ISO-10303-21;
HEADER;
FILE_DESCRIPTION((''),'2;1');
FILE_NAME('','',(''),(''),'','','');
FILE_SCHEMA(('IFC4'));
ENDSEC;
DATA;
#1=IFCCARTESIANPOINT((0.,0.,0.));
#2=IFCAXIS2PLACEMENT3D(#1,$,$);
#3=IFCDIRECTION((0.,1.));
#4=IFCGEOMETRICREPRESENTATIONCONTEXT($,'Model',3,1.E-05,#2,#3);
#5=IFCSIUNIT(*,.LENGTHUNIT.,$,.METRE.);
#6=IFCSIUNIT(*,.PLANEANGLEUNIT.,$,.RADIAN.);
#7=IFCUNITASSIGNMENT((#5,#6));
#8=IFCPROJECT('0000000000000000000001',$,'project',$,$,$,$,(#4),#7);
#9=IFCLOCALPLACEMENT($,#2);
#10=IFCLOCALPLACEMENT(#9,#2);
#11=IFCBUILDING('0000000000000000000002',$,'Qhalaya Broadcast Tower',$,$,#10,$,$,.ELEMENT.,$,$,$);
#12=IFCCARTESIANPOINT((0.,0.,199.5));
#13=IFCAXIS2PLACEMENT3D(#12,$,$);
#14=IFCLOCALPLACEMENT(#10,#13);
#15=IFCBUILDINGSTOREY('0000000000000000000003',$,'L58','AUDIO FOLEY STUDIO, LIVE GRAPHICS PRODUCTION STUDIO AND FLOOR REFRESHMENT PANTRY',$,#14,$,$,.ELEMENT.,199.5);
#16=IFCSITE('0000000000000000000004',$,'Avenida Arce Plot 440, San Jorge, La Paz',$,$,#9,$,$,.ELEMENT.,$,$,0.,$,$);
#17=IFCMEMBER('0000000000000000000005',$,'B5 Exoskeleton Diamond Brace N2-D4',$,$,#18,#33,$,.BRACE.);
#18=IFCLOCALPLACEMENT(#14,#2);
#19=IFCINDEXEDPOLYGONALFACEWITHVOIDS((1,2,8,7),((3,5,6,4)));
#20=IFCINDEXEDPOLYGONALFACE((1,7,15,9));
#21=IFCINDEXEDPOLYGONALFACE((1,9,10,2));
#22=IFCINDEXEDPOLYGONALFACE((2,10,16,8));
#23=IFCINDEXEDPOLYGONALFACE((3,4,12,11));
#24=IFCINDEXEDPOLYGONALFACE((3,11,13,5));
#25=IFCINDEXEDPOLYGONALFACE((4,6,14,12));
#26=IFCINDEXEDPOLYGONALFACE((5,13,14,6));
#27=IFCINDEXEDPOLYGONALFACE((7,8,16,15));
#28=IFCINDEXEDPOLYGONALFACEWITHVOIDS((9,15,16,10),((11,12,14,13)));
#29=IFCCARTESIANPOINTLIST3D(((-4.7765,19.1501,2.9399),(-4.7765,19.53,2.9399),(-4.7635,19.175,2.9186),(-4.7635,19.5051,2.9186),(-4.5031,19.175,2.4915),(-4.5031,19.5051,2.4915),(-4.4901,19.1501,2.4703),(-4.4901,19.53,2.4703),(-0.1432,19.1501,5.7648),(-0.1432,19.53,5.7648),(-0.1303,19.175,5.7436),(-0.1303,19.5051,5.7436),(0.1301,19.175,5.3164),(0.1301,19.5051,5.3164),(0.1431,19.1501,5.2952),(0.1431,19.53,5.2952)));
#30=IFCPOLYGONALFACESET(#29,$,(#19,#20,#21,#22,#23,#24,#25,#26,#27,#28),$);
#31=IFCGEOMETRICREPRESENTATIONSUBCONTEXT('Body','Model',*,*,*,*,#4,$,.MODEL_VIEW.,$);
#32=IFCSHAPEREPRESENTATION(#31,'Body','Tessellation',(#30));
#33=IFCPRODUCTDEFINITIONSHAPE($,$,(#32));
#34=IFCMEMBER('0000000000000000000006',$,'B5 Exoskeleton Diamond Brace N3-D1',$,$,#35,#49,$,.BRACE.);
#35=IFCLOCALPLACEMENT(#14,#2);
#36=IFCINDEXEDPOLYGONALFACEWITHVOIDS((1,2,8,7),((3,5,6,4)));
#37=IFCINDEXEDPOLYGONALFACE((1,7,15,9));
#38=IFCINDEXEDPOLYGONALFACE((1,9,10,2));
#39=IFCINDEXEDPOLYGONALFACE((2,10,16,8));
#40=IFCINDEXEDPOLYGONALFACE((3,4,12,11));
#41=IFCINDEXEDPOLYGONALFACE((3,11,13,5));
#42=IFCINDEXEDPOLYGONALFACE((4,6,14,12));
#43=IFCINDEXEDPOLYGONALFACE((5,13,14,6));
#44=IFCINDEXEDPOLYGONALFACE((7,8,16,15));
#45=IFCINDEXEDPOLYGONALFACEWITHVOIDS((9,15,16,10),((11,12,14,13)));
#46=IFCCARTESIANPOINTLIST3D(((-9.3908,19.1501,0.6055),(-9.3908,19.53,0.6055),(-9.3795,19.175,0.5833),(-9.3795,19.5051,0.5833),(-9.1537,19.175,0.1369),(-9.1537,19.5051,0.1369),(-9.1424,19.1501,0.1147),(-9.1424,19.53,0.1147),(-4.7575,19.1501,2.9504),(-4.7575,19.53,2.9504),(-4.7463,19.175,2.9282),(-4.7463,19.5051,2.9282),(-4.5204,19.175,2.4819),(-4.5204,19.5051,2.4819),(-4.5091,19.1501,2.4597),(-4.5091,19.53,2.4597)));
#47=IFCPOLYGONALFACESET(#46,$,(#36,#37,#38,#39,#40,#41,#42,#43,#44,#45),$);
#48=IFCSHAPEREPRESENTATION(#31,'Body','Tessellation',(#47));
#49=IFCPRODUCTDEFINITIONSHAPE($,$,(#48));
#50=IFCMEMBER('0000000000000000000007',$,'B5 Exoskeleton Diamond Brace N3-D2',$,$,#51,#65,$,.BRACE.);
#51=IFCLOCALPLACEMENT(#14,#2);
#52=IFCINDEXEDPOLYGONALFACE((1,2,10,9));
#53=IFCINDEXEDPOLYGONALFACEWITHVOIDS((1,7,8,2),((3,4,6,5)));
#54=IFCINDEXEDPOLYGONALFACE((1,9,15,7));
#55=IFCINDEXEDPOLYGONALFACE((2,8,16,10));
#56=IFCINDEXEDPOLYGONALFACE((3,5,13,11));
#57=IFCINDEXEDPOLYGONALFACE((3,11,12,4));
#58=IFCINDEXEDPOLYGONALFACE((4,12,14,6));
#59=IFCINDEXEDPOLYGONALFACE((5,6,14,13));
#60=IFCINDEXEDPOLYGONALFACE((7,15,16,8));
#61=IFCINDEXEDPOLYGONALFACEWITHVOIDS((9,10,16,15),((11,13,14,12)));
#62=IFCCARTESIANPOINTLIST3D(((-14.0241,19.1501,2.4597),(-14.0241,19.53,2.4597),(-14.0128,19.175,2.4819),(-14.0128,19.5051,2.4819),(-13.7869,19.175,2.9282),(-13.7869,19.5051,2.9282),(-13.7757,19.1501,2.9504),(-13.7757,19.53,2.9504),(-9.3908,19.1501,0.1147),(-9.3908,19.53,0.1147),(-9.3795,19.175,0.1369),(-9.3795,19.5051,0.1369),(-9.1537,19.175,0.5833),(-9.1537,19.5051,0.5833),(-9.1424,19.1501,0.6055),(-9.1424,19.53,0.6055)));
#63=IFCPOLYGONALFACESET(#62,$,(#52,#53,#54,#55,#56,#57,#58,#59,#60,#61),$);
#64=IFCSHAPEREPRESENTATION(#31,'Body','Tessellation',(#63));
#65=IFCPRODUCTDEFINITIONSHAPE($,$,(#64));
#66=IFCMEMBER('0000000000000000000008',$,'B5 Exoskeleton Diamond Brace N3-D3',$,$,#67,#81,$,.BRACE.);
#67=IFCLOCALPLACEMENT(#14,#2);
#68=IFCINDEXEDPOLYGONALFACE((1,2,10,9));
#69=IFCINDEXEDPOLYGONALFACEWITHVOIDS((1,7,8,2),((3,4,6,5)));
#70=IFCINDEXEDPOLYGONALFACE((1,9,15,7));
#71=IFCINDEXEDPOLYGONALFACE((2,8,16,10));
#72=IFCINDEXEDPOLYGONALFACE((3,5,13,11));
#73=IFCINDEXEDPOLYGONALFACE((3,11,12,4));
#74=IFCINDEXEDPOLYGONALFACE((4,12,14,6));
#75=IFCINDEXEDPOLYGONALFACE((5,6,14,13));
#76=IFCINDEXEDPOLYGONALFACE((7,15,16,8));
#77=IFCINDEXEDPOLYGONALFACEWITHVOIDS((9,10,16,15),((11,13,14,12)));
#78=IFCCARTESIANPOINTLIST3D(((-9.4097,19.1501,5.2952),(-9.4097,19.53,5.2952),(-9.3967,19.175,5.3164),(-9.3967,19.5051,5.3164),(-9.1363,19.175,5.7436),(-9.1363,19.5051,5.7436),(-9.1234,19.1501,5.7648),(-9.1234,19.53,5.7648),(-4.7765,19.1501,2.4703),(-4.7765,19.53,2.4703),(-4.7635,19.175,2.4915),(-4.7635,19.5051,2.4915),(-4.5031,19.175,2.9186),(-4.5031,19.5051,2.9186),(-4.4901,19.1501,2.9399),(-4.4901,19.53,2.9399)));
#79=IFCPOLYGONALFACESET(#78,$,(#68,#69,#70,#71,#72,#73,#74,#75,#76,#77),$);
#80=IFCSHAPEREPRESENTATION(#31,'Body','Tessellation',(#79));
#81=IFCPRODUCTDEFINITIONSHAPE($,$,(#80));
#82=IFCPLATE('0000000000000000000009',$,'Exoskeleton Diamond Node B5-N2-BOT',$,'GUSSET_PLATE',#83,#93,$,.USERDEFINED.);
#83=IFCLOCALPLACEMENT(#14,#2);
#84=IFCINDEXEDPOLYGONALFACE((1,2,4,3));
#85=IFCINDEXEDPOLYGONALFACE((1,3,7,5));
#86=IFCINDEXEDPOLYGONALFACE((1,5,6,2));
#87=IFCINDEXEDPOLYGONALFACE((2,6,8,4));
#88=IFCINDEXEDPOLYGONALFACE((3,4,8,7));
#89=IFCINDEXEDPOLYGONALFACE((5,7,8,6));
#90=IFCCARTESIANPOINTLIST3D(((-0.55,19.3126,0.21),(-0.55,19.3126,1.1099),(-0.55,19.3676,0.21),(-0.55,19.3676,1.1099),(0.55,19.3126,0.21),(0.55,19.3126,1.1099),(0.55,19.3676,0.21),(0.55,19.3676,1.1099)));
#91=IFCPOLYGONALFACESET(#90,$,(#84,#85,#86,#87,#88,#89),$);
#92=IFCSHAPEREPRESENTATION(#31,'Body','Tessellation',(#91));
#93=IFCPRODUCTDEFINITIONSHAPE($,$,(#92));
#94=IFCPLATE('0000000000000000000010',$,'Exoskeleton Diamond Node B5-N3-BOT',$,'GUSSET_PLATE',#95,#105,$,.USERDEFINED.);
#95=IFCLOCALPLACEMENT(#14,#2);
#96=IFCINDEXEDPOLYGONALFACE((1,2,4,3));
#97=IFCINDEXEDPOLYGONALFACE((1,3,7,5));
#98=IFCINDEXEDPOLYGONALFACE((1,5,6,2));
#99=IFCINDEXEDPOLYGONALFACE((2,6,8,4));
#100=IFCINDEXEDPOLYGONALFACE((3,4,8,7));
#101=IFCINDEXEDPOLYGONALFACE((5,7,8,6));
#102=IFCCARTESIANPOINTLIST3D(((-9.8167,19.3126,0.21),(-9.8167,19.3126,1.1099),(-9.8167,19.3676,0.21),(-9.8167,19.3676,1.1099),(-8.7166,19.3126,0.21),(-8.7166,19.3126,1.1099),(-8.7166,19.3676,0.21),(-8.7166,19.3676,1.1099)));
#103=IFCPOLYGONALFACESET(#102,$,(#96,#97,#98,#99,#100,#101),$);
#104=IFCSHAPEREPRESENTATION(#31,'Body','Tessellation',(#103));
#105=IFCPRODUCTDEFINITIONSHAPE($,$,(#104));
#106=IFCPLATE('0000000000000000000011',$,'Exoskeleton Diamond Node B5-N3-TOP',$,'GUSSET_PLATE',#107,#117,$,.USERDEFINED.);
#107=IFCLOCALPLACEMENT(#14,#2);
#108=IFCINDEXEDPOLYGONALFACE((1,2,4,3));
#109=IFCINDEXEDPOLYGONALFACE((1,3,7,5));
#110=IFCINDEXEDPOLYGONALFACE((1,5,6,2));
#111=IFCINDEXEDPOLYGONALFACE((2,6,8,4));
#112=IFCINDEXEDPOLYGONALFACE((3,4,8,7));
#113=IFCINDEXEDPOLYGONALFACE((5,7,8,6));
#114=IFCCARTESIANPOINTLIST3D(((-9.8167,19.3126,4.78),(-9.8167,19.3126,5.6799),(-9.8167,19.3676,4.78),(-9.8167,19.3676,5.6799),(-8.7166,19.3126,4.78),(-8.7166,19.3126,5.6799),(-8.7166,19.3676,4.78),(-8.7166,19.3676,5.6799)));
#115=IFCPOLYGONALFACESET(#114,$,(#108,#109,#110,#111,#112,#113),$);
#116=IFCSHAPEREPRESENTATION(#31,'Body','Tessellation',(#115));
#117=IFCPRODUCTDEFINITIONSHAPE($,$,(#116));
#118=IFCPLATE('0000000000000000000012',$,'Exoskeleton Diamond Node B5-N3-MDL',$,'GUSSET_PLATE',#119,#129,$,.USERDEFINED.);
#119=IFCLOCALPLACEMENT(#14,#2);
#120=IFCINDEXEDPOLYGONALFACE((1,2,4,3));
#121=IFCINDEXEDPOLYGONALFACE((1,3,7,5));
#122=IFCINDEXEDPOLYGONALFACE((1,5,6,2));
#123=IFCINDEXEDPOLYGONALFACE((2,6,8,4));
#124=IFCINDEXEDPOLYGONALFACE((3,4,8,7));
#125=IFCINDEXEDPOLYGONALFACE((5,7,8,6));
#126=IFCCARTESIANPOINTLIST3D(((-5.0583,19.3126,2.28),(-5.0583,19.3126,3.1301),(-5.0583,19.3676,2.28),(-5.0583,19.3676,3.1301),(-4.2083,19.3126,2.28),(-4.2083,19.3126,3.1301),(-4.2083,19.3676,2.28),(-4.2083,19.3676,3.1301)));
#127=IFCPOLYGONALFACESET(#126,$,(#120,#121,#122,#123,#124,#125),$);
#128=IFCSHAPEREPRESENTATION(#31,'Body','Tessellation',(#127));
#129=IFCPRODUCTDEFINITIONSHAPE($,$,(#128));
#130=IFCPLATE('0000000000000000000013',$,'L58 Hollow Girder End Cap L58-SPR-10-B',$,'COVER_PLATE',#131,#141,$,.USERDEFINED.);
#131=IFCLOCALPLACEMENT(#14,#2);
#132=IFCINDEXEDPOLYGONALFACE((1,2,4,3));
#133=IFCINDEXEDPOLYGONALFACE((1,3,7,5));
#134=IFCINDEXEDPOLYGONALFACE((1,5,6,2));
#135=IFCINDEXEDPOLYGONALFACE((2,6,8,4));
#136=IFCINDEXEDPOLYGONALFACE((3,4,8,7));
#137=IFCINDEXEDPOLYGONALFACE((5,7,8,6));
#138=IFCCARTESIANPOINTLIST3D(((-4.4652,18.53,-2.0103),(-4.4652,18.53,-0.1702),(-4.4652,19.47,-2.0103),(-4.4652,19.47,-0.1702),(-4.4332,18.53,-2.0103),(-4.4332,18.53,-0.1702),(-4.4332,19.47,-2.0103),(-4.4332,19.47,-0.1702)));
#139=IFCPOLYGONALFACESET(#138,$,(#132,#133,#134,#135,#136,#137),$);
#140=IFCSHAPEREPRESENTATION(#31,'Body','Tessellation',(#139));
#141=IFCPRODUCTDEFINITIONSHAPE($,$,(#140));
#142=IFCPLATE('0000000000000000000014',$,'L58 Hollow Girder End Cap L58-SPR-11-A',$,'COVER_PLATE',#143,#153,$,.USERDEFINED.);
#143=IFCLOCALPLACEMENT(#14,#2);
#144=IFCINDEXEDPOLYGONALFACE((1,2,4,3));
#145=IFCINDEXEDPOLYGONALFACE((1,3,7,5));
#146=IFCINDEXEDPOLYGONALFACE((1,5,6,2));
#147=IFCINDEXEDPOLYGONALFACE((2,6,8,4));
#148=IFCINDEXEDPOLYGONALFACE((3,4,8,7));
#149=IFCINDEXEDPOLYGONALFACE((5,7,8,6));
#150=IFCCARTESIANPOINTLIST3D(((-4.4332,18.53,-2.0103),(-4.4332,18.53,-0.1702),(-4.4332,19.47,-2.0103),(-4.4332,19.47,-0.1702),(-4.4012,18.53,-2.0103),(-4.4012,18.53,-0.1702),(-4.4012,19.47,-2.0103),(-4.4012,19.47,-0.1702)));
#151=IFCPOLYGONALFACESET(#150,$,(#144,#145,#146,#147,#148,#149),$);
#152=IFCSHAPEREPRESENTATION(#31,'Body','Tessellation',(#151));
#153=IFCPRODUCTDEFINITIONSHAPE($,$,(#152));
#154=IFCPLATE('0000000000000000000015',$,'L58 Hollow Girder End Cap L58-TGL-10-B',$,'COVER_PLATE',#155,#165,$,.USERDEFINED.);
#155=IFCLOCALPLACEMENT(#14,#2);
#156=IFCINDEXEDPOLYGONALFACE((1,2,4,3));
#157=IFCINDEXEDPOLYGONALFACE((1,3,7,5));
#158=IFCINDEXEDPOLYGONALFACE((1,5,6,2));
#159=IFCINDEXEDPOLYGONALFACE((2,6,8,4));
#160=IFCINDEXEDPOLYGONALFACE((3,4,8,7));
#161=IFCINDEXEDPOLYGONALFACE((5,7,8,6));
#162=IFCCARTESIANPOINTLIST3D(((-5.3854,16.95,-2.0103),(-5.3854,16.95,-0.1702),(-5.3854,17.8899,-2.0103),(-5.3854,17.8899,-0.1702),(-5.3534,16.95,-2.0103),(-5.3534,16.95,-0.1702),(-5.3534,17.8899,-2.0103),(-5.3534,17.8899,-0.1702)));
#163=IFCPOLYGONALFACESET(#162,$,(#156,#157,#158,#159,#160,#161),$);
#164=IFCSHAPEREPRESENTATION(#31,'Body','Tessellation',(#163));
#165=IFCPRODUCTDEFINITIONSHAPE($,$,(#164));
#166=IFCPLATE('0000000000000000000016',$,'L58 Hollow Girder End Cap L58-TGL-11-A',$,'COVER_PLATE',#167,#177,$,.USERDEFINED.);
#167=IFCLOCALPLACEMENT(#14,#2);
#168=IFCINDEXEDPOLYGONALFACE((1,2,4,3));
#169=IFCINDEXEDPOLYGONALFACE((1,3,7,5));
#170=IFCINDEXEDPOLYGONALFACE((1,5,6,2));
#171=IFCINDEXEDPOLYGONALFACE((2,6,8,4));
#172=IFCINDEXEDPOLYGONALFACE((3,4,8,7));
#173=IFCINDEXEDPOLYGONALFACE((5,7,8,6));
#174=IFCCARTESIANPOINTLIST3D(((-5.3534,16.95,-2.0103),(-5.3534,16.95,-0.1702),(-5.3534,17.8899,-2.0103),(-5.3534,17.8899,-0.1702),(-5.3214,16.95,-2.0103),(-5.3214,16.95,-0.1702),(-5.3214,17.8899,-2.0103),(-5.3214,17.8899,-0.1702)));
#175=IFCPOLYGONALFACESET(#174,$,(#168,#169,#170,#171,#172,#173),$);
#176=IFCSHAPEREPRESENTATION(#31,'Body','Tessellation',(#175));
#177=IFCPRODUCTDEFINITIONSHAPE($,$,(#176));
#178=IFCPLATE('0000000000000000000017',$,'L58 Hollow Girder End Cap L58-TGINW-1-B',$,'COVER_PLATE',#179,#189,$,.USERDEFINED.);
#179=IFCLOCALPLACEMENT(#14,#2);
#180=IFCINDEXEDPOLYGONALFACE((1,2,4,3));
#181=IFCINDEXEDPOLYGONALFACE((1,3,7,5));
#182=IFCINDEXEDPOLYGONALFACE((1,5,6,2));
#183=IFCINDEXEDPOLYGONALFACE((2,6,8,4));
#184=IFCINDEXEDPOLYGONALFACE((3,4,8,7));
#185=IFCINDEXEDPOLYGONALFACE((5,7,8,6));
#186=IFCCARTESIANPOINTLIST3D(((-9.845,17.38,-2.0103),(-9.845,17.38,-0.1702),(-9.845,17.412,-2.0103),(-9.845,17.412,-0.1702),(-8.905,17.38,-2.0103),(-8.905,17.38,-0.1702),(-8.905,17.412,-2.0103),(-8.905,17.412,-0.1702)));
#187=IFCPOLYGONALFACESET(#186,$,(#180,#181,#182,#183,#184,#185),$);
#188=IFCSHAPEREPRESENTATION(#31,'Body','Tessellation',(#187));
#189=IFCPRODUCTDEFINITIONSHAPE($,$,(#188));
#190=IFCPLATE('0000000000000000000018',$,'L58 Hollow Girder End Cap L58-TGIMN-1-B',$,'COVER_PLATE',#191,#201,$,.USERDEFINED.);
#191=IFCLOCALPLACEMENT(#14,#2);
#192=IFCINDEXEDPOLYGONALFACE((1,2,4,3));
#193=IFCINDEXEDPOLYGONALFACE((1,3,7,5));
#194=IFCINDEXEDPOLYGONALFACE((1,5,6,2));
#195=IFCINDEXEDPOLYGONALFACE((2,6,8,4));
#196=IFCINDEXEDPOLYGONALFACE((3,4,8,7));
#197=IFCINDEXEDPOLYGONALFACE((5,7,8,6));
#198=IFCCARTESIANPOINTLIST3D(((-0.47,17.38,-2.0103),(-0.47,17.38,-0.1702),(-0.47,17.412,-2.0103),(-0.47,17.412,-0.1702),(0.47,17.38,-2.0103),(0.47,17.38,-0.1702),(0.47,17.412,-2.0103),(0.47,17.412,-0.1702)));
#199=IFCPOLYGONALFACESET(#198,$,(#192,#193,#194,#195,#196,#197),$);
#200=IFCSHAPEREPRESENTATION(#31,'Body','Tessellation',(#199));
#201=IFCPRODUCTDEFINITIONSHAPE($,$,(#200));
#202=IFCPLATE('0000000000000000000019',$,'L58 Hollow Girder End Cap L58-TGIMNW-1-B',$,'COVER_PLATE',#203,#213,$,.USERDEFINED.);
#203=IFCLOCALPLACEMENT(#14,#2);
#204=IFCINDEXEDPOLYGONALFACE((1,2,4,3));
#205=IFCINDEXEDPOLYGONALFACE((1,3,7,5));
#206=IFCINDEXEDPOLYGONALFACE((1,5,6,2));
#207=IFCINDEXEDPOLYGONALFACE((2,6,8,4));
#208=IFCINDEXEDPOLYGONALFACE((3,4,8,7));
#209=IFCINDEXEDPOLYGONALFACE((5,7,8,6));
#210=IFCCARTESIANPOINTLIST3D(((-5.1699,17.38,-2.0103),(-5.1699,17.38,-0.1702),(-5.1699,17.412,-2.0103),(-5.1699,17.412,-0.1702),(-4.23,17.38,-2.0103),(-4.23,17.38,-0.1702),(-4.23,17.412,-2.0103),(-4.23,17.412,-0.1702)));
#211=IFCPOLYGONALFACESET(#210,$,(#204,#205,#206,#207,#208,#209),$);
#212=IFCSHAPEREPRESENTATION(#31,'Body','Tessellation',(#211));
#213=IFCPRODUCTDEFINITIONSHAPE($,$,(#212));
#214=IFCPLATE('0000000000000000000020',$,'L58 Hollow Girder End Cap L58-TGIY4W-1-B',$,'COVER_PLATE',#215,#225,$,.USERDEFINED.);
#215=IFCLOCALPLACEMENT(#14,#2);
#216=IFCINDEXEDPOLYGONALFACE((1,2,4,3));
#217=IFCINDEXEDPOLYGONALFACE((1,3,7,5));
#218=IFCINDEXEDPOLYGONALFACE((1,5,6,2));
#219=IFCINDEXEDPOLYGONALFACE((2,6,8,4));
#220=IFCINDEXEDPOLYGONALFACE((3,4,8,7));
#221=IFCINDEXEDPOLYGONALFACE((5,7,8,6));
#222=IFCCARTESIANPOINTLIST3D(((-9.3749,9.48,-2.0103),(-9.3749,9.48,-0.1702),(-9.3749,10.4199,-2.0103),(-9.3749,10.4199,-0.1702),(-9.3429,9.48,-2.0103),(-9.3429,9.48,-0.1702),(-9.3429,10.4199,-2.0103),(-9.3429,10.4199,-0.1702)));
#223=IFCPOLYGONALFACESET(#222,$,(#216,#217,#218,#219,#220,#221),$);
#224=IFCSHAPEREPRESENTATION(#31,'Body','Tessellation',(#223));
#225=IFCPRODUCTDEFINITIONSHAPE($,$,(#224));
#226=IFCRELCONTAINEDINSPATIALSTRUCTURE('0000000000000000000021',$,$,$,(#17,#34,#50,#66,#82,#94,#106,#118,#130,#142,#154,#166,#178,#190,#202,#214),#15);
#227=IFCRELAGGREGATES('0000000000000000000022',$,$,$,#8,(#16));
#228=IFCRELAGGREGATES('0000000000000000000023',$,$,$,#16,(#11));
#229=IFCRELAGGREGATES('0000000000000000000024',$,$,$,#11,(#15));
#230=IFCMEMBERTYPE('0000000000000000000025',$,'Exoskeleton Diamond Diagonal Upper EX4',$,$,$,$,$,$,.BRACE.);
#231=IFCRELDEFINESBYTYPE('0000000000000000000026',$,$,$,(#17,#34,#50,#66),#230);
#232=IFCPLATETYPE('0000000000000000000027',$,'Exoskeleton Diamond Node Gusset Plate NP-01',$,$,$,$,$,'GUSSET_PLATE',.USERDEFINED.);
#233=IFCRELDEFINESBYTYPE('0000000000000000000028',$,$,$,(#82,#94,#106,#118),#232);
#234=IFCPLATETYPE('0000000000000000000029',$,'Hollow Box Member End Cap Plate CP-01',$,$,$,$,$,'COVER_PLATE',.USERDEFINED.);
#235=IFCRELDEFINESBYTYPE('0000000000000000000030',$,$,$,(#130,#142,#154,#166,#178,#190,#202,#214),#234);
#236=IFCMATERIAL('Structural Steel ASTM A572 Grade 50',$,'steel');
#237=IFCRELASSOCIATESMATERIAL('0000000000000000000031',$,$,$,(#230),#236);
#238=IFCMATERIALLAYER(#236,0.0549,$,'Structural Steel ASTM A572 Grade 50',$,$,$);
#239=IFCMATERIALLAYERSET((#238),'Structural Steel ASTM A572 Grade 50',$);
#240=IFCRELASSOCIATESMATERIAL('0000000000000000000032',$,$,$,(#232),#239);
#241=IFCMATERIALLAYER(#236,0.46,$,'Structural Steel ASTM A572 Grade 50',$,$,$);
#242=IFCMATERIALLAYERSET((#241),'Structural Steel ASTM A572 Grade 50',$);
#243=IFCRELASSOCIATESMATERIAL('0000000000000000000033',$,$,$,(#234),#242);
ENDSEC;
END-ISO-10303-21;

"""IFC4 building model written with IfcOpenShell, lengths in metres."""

from ifc_helpers import new_model, si_unit, direction, frame, origin, origin_2d, place, context, subcontext, project, spatial, rectangle, hollow_rectangle, extrude, material, layer, layer_set, material_profile, profile_set, type_object, element, save


model = new_model("IFC4")

# Units and contexts
model_context = context("Model", 3, precision=1e-05, world=origin(), true_north=direction((0.0, 1.0)))
body_context = subcontext(model_context, "Body", "Model", "MODEL_VIEW")
ifc_project = project(units=[si_unit("LENGTHUNIT", "METRE"), si_unit("PLANEANGLEUNIT", "RADIAN")], contexts=[model_context])

# Site, building, storey
site_placement = place(None, origin())
site = spatial("IfcSite", under=ifc_project, at=site_placement, Name="Avenida Arce Plot 440, San Jorge, La Paz", CompositionType="ELEMENT", RefElevation=0.0)
building_placement = place(site_placement, origin())
building = spatial("IfcBuilding", under=site, at=building_placement, Name="Qhalaya Broadcast Tower", CompositionType="ELEMENT")
storey_placement = place(building_placement, frame((0.0, 0.0, 199.5)))
storey = spatial("IfcBuildingStorey", under=building, at=storey_placement, Name="L58", Description="AUDIO FOLEY STUDIO, LIVE GRAPHICS PRODUCTION STUDIO AND FLOOR REFRESHMENT PANTRY", CompositionType="ELEMENT", Elevation=199.5)

# Shared definitions
ifc_material_1 = material(Name="Structural Steel ASTM A572 Grade 50", Category="steel")

# Members
ifc_material_profile_1 = material_profile(ifc_material_1, hollow_rectangle(XDim=0.3799, YDim=0.55, WallThickness=0.0249, at=origin_2d()), Name="BOX 380x550x25")
ifc_profile_set_1 = profile_set([ifc_material_profile_1], Name="Structural Steel ASTM A572 Grade 50")
member_type = type_object("IfcMemberType", Name="Exoskeleton Diamond Diagonal Upper EX4", PredefinedType="BRACE", material=ifc_profile_set_1)
member_1_placement = place(storey_placement, frame((-4.6333, 19.3401, 2.7051), z_axis=(0.853815, 0.0, 0.520576), x_axis=(0.0, 1.0, 0.0)))
element("IfcMember", 1, at=member_1_placement, inside=storey, type_object=member_type, Name="B5 Exoskeleton Diamond Brace N2-D4", PredefinedType="BRACE", context=body_context, shape_type="SweptSolid", body=[
    extrude(hollow_rectangle(XDim=0.3799, YDim=0.55, WallThickness=0.0249, at=origin_2d()), origin(), (0.0, 0.0, 1.0), 5.4265),
])
for number, where, z_axis, x_axis, name in (
    (2, (-9.2666, 19.3401, 0.3601), (0.892235, 0.0, 0.451571), (0.0, 1.0, 0.0), "B5 Exoskeleton Diamond Brace N3-D1"),
    (3, (-9.2666, 19.3401, 0.3601), (-0.892235, 0.0, 0.451571), (0.0, -1.0, 0.0), "B5 Exoskeleton Diamond Brace N3-D2"),
):
    element("IfcMember", number, at=place(storey_placement, frame(where, z_axis=z_axis, x_axis=x_axis)), inside=storey, type_object=member_type, Name=name, PredefinedType="BRACE", context=body_context, shape_type="SweptSolid", body=[
        extrude(hollow_rectangle(XDim=0.3799, YDim=0.55, WallThickness=0.0249, at=origin_2d()), origin(), (0.0, 0.0, 1.0), 5.1929),
    ])
member_2_placement = place(storey_placement, frame((-4.6333, 19.3401, 2.7051), z_axis=(-0.853815, 0.0, 0.520576), x_axis=(0.0, -1.0, 0.0)))
element("IfcMember", 4, at=member_2_placement, inside=storey, type_object=member_type, Name="B5 Exoskeleton Diamond Brace N3-D3", PredefinedType="BRACE", context=body_context, shape_type="SweptSolid", body=[
    extrude(hollow_rectangle(XDim=0.3799, YDim=0.55, WallThickness=0.0249, at=origin_2d()), origin(), (0.0, 0.0, 1.0), 5.4265),
])

# Plates
ifc_layer_1 = layer(ifc_material_1, 0.0549, Name="Structural Steel ASTM A572 Grade 50")
ifc_layer_set_1 = layer_set([ifc_layer_1], Name="Structural Steel ASTM A572 Grade 50")
plate_type_1 = type_object("IfcPlateType", Name="Exoskeleton Diamond Node Gusset Plate NP-01", ElementType="GUSSET_PLATE", PredefinedType="USERDEFINED", material=ifc_layer_set_1)
for number, where, z_axis, x_axis, name in (
    (5, (0.0, 19.3401, 0.21), (0.0, 0.0, 1.0), (1.0, 0.0, 0.0), "Exoskeleton Diamond Node B5-N2-BOT"),
    (6, (-9.2666, 19.3401, 0.21), (0.0, 0.0, 1.0), (1.0, 0.0, 0.0), "Exoskeleton Diamond Node B5-N3-BOT"),
    (7, (-9.2666, 19.3401, 4.78), (0.0, 0.0, 1.0), (1.0, 0.0, 0.0), "Exoskeleton Diamond Node B5-N3-TOP"),
):
    element("IfcPlate", number, at=place(storey_placement, frame(where, z_axis=z_axis, x_axis=x_axis)), inside=storey, type_object=plate_type_1, Name=name, ObjectType="GUSSET_PLATE", PredefinedType="USERDEFINED", context=body_context, shape_type="SweptSolid", body=[
        extrude(rectangle(XDim=1.1001, YDim=0.0549, at=origin_2d()), origin(), (0.0, 0.0, 1.0), 0.8999),
    ])
plate_1_placement = place(storey_placement, frame((-4.6333, 19.3401, 2.28), z_axis=(0.0, 0.0, 1.0), x_axis=(1.0, 0.0, 0.0)))
element("IfcPlate", 8, at=plate_1_placement, inside=storey, type_object=plate_type_1, Name="Exoskeleton Diamond Node B5-N3-MDL", ObjectType="GUSSET_PLATE", PredefinedType="USERDEFINED", context=body_context, shape_type="SweptSolid", body=[
    extrude(rectangle(XDim=0.8501, YDim=0.0549, at=origin_2d()), origin(), (0.0, 0.0, 1.0), 0.8501),
])
ifc_layer_2 = layer(ifc_material_1, 0.46, Name="Structural Steel ASTM A572 Grade 50")
ifc_layer_set_2 = layer_set([ifc_layer_2], Name="Structural Steel ASTM A572 Grade 50")
plate_type_2 = type_object("IfcPlateType", Name="Hollow Box Member End Cap Plate CP-01", ElementType="COVER_PLATE", PredefinedType="USERDEFINED", material=ifc_layer_set_2)
for number, where, z_axis, x_axis, name in (
    (9, (-4.4492, 19.0, -2.0103), (0.0, 0.0, 1.0), (0.0, -1.0, 0.0), "L58 Hollow Girder End Cap L58-SPR-10-B"),
    (10, (-4.4172, 19.0, -2.0103), (0.0, 0.0, 1.0), (0.0, -1.0, 0.0), "L58 Hollow Girder End Cap L58-SPR-11-A"),
    (11, (-5.3694, 17.4199, -2.0103), (0.0, 0.0, 1.0), (0.0, -1.0, 0.0), "L58 Hollow Girder End Cap L58-TGL-10-B"),
    (12, (-5.3374, 17.4199, -2.0103), (0.0, 0.0, 1.0), (0.0, -1.0, 0.0), "L58 Hollow Girder End Cap L58-TGL-11-A"),
    (13, (-9.375, 17.396, -2.0103), (0.0, 0.0, 1.0), (-1.0, 0.0, 0.0), "L58 Hollow Girder End Cap L58-TGINW-1-B"),
    (14, (0.0, 17.396, -2.0103), (0.0, 0.0, 1.0), (-1.0, 0.0, 0.0), "L58 Hollow Girder End Cap L58-TGIMN-1-B"),
    (15, (-4.7, 17.396, -2.0103), (0.0, 0.0, 1.0), (-1.0, 0.0, 0.0), "L58 Hollow Girder End Cap L58-TGIMNW-1-B"),
    (16, (-9.3589, 9.95, -2.0103), (0.0, 0.0, 1.0), (0.0, 1.0, 0.0), "L58 Hollow Girder End Cap L58-TGIY4W-1-B"),
):
    element("IfcPlate", number, at=place(storey_placement, frame(where, z_axis=z_axis, x_axis=x_axis)), inside=storey, type_object=plate_type_2, Name=name, ObjectType="COVER_PLATE", PredefinedType="USERDEFINED", context=body_context, shape_type="SweptSolid", body=[
        extrude(rectangle(XDim=0.9399, YDim=0.032, at=origin_2d()), origin(), (0.0, 0.0, 1.0), 1.8401),
    ])

save(model, "model.ifc")
